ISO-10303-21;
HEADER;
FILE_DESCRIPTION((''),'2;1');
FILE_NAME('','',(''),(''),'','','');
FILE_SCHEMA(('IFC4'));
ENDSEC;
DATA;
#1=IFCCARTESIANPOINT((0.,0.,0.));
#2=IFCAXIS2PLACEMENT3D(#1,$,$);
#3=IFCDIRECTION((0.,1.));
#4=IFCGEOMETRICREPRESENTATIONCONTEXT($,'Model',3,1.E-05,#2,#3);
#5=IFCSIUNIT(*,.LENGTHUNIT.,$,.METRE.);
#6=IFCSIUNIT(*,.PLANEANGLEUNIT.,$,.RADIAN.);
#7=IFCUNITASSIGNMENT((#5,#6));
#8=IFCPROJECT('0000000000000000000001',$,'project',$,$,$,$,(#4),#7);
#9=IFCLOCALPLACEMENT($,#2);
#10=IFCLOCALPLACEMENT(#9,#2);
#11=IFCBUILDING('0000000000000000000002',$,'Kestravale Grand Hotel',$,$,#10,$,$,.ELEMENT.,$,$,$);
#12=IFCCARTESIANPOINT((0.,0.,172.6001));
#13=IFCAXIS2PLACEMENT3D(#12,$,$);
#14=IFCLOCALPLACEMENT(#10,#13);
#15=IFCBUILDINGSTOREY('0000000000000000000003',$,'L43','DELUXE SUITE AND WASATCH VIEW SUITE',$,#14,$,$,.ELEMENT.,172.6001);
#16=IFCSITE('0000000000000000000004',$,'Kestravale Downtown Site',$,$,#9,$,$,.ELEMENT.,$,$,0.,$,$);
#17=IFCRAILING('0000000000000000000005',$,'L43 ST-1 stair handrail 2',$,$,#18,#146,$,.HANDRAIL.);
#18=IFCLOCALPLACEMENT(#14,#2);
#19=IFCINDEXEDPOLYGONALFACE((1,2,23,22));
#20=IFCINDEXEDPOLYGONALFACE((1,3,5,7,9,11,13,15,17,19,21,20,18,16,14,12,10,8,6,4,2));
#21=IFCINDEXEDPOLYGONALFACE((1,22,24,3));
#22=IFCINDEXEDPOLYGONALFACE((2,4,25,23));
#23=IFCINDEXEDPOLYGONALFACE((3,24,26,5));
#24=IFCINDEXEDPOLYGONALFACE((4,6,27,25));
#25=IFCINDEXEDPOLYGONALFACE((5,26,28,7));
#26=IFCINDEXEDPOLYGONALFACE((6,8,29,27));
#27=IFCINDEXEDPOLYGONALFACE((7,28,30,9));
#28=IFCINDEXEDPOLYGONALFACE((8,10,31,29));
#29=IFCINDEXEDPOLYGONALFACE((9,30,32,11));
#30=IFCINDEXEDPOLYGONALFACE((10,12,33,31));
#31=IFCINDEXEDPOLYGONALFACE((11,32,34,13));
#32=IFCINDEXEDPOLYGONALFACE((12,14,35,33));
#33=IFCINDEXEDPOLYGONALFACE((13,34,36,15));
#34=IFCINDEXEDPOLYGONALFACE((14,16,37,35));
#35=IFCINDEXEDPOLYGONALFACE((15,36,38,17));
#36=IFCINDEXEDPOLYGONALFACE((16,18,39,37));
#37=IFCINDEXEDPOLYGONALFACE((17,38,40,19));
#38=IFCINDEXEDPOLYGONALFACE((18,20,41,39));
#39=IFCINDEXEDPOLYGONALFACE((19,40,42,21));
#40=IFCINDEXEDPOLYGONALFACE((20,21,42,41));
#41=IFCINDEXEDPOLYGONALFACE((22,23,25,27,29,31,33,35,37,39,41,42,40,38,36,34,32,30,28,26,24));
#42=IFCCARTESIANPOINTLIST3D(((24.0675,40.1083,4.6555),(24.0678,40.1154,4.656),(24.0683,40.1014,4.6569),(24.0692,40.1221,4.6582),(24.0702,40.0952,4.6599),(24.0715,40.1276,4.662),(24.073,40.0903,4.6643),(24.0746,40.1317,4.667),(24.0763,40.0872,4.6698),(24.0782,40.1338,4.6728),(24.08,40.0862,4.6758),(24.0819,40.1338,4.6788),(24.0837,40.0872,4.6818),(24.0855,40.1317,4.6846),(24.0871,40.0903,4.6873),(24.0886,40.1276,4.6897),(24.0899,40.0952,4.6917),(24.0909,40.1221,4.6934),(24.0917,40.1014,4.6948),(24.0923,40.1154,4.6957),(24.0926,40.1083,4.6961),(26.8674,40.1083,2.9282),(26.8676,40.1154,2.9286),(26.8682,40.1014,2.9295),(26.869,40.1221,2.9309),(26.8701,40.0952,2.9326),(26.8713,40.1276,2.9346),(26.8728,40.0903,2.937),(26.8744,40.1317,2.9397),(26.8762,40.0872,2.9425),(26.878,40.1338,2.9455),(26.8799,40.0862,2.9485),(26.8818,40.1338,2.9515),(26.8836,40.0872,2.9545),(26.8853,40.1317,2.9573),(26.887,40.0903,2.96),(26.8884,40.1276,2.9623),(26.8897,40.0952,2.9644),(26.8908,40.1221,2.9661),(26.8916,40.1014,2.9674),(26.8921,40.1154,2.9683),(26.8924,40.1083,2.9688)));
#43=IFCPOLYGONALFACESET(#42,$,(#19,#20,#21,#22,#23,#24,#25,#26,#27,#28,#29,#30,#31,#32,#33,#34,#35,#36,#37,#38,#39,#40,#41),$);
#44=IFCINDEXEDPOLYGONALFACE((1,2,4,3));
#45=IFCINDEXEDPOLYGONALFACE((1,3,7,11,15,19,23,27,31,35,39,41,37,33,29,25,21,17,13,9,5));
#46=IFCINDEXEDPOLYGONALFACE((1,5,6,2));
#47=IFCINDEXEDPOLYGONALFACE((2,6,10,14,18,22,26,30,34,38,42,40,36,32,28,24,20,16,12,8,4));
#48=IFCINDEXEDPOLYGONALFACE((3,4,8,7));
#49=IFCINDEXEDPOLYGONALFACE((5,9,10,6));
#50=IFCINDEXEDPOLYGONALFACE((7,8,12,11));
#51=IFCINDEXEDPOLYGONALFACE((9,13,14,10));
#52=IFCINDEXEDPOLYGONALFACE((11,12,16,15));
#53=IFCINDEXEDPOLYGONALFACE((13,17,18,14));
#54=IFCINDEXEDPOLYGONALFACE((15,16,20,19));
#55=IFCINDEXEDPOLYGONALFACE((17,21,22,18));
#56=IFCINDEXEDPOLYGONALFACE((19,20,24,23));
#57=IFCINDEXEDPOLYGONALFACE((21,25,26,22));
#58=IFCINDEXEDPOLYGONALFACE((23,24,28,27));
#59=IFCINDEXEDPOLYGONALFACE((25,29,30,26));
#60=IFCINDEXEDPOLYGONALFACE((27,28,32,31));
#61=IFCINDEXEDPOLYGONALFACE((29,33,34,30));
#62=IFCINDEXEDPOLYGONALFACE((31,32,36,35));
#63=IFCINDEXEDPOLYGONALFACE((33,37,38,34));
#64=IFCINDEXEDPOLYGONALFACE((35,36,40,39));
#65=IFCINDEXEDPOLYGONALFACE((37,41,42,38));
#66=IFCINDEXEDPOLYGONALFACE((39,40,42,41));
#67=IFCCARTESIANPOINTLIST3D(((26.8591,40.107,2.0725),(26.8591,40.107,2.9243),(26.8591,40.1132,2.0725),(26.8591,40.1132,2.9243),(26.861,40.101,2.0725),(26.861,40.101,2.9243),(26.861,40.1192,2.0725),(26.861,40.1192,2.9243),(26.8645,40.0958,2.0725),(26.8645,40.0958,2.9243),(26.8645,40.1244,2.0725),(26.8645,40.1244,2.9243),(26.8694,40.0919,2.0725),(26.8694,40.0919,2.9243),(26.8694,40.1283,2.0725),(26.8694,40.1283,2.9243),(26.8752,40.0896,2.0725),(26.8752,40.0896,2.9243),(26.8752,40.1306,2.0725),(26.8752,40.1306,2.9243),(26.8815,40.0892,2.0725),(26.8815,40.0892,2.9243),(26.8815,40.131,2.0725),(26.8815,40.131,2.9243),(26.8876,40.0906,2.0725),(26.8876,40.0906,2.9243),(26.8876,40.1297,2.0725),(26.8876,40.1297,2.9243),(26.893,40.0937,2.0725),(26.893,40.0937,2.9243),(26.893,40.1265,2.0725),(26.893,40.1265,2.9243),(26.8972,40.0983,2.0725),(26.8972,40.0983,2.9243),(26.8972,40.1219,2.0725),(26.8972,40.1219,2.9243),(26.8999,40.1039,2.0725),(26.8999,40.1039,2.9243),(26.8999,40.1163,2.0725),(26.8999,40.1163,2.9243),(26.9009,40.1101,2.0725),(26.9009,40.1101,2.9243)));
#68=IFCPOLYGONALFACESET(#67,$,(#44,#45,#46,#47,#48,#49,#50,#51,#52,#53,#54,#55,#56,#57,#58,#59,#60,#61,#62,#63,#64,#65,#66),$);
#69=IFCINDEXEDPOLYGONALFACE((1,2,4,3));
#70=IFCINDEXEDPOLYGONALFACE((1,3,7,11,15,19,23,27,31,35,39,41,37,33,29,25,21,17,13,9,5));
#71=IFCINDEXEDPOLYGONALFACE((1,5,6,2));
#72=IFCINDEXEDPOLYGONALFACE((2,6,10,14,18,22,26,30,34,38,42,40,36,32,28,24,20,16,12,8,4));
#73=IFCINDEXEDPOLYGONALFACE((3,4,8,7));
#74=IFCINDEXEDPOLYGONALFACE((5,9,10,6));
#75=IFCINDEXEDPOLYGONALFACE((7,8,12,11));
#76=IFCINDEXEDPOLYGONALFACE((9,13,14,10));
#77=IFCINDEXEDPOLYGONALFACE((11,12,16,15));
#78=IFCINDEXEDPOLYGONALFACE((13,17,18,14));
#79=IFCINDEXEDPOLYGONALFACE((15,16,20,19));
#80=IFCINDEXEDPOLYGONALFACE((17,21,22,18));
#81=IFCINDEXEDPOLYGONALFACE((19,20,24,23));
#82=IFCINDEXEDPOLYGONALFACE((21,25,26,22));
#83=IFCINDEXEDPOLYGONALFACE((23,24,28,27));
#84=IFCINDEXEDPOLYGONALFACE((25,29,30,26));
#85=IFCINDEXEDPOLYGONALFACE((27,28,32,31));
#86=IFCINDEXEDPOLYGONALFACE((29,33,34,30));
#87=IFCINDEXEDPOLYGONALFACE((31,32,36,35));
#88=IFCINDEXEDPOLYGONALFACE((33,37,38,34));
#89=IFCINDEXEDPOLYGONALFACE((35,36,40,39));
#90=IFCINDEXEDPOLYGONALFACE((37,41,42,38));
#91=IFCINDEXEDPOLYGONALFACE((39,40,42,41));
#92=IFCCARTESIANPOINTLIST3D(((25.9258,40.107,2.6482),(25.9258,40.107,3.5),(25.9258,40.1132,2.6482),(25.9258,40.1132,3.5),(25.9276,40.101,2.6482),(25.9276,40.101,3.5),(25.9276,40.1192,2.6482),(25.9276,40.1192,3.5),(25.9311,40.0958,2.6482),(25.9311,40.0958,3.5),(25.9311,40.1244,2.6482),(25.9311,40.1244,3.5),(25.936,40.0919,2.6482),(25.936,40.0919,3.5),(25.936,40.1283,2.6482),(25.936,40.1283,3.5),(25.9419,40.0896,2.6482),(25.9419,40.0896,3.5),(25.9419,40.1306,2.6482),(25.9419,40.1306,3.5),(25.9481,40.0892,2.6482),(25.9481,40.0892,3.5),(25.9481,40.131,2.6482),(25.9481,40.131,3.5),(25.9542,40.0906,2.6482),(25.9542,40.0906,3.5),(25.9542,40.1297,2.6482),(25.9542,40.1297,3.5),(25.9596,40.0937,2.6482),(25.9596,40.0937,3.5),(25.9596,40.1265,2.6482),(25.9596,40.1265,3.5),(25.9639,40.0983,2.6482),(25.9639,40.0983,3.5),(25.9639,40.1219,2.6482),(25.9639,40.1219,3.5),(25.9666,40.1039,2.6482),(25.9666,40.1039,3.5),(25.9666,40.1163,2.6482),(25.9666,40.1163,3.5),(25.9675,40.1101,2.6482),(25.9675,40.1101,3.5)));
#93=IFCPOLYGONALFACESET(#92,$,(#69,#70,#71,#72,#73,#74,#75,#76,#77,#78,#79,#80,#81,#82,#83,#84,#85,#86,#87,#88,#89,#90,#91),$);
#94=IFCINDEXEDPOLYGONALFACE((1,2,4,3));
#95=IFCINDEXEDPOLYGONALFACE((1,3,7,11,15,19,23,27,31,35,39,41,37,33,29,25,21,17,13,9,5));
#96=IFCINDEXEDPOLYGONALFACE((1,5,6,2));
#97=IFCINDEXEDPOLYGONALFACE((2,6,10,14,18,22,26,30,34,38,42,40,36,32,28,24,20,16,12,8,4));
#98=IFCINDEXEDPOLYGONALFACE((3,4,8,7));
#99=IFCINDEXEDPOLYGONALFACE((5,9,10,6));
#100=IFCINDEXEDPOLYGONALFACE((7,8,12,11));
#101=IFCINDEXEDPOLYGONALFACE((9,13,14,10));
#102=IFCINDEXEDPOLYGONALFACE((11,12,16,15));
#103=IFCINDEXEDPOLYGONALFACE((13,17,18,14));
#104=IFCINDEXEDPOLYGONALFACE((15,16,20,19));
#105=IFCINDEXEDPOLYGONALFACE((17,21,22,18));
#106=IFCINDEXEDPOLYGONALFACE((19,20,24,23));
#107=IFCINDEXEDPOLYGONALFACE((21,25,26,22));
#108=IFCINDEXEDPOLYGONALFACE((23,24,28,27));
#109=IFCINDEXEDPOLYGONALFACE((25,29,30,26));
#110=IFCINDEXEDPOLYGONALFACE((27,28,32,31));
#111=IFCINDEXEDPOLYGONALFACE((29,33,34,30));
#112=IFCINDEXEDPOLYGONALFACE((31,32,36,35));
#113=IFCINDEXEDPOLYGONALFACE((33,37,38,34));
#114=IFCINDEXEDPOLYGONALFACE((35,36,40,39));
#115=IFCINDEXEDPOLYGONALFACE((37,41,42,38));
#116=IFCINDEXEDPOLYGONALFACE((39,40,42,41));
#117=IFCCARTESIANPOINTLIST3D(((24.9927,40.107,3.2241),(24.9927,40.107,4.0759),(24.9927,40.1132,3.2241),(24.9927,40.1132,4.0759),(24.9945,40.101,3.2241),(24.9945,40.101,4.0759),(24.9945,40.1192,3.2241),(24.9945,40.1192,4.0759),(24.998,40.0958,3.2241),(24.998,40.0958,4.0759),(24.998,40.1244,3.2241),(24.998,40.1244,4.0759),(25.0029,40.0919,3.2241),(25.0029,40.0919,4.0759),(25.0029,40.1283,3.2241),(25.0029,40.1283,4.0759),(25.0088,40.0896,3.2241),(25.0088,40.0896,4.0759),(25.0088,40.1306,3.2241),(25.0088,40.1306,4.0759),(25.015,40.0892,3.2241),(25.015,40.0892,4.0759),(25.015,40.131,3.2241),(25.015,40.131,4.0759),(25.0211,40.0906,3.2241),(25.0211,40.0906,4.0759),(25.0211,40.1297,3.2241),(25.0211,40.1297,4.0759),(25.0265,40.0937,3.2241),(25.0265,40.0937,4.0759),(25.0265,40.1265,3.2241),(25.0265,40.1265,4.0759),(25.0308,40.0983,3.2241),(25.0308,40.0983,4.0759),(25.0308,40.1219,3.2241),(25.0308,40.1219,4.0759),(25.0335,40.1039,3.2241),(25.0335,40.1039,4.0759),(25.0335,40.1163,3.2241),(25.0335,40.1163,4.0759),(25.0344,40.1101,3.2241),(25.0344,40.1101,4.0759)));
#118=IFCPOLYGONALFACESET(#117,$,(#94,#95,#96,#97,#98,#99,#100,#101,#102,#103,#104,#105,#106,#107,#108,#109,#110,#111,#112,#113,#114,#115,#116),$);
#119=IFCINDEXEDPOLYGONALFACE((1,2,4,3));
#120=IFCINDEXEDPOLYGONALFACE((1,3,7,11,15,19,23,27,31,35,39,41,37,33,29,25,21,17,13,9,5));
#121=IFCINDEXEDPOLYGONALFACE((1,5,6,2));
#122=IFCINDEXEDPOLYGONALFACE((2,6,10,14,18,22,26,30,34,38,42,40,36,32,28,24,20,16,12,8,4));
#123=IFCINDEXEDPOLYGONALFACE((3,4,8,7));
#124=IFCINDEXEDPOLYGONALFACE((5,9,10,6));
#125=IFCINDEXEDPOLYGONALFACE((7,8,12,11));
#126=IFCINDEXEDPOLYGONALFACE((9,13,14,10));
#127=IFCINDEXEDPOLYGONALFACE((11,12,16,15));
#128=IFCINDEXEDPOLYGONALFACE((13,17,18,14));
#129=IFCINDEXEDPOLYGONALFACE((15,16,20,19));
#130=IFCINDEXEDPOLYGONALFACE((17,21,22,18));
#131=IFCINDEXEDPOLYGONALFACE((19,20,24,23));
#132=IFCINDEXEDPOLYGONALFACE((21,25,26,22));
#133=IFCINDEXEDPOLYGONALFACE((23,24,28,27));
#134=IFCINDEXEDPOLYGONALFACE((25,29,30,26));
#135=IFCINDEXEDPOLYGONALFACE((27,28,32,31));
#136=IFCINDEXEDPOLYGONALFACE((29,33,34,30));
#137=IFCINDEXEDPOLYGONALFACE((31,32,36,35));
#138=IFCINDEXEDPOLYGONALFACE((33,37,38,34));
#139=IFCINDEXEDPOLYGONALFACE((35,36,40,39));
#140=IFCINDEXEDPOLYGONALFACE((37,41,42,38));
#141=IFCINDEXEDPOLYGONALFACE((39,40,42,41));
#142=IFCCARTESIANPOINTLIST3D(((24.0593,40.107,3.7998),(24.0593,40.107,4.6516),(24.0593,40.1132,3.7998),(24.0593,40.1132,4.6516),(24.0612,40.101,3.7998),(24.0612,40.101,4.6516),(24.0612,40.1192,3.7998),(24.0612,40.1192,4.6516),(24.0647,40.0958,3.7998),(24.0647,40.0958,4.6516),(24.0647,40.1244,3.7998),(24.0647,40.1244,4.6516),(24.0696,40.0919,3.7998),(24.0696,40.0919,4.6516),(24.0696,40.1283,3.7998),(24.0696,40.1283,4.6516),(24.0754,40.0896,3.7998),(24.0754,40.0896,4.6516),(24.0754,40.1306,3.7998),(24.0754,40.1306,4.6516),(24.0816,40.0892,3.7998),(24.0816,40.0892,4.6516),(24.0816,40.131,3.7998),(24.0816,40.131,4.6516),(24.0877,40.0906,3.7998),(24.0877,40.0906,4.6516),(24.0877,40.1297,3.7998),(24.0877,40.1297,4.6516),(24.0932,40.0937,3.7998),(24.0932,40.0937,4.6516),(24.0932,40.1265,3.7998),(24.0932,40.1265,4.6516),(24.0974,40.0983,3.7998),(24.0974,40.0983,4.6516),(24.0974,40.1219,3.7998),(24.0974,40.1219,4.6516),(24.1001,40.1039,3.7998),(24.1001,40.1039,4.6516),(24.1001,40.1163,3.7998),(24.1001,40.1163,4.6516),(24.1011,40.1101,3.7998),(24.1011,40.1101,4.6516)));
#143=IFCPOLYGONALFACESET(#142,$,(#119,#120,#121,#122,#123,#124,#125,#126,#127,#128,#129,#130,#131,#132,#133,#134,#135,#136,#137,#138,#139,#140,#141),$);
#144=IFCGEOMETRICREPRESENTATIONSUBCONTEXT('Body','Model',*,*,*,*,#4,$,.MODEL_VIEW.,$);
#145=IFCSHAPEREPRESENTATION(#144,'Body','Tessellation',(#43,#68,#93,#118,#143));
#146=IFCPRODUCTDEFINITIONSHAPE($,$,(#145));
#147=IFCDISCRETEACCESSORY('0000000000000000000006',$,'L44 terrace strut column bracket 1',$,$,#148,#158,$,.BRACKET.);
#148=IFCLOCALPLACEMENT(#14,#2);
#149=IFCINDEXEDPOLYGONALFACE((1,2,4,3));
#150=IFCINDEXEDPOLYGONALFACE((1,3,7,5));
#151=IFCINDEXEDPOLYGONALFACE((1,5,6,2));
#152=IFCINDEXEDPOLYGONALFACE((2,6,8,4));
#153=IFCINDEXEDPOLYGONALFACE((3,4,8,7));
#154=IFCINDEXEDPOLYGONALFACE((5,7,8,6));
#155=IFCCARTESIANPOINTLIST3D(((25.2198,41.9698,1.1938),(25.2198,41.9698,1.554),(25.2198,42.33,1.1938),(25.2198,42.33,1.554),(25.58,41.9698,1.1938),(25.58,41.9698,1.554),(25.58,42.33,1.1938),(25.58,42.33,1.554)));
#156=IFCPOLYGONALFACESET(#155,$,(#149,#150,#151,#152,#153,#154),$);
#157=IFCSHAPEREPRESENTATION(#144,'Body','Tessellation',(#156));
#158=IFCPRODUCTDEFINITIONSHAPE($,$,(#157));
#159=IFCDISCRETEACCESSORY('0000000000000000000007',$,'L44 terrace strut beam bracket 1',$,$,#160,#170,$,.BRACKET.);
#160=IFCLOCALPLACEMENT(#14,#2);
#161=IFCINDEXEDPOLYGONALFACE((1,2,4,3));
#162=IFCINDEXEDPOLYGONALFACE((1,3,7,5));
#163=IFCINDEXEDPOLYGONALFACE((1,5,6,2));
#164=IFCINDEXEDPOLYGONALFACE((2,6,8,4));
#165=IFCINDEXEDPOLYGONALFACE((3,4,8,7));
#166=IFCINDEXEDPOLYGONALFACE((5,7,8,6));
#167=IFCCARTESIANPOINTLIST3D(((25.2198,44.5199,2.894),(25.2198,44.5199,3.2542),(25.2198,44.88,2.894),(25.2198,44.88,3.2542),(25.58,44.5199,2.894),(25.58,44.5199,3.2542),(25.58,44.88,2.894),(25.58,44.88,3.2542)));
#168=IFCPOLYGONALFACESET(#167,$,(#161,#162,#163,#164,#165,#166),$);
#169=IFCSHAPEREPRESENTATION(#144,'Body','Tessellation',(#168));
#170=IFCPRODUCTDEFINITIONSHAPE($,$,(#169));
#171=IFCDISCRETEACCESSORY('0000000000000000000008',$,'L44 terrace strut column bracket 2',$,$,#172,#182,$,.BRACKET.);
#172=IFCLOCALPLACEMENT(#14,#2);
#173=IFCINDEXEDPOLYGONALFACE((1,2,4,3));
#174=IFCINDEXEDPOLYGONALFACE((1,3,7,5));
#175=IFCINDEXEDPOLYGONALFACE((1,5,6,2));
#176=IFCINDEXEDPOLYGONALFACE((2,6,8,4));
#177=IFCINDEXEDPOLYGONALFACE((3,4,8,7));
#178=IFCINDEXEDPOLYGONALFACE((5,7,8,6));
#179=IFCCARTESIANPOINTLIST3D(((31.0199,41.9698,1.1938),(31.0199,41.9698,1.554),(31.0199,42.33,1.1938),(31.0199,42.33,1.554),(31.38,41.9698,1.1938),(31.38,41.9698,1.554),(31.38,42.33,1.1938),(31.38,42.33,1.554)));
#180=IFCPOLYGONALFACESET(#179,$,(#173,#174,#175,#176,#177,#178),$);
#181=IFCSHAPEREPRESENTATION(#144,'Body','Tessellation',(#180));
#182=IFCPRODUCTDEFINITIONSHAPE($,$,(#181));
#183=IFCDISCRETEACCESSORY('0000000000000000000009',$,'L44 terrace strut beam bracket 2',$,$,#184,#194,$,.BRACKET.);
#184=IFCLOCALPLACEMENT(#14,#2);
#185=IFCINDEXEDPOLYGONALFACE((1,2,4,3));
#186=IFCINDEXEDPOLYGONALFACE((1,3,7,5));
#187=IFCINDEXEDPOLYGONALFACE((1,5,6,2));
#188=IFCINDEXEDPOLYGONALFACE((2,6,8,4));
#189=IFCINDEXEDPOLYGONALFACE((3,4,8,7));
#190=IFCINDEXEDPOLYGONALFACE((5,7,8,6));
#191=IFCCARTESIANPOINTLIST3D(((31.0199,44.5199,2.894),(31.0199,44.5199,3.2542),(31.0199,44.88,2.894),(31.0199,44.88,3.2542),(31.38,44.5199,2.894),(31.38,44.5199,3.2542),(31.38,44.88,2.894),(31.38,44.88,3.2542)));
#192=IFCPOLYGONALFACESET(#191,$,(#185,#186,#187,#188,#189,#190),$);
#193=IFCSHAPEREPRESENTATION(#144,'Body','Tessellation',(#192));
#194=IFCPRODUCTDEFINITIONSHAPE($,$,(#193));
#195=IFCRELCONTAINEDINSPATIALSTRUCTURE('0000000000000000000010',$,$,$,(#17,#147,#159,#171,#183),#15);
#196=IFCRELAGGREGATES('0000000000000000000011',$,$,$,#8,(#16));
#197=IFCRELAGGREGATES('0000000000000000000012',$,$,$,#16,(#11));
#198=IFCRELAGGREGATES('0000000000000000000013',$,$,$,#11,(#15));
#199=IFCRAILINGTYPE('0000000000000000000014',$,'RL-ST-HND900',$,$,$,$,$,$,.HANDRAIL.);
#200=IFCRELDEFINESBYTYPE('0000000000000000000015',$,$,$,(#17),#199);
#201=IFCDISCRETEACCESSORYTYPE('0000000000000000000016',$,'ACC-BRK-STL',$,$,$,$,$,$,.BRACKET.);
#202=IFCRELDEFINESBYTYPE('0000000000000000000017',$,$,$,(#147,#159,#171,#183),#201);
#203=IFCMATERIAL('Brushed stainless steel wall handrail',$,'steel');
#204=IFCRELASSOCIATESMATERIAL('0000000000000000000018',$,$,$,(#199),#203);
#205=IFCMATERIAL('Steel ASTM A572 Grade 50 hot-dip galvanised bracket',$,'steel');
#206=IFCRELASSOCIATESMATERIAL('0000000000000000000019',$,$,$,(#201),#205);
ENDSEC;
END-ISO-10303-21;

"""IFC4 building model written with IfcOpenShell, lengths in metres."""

from ifc_helpers import new_model, si_unit, direction, frame, origin, origin_2d, place, context, subcontext, project, spatial, rectangle, circle, extrude, material, type_object, element, save


model = new_model("IFC4")

# Units and contexts
model_context = context("Model", 3, precision=1e-05, world=origin(), true_north=direction((0.0, 1.0)))
body_context = subcontext(model_context, "Body", "Model", "MODEL_VIEW")
ifc_project = project(units=[si_unit("LENGTHUNIT", "METRE"), si_unit("PLANEANGLEUNIT", "RADIAN")], contexts=[model_context])

# Site, building, storey
site_placement = place(None, origin())
site = spatial("IfcSite", under=ifc_project, at=site_placement, Name="Kestravale Downtown Site", CompositionType="ELEMENT", RefElevation=0.0)
building_placement = place(site_placement, origin())
building = spatial("IfcBuilding", under=site, at=building_placement, Name="Kestravale Grand Hotel", CompositionType="ELEMENT")
storey_placement = place(building_placement, frame((0.0, 0.0, 172.6001)))
storey = spatial("IfcBuildingStorey", under=building, at=storey_placement, Name="L43", Description="DELUXE SUITE AND WASATCH VIEW SUITE", CompositionType="ELEMENT", Elevation=172.6001)

# Railing
ifc_material_1 = material(Name="Brushed stainless steel wall handrail", Category="steel")
railing_type_1 = type_object("IfcRailingType", Name="RL-ST-HND900", PredefinedType="HANDRAIL", material=ifc_material_1)
railing_1_placement = place(storey_placement, frame((26.8799, 40.1101, 2.0725)))
element("IfcRailing", 1, at=railing_1_placement, inside=storey, type_object=railing_type_1, Name="L43 ST-1 stair handrail 2", PredefinedType="HANDRAIL", context=body_context, shape_type="SweptSolid", body=[
    extrude(circle(Radius=0.0239, at=origin_2d()), frame((0.0, 0.0, 0.876), z_axis=(-0.851069, 0.0, 0.525054), x_axis=(0.0, -1.0, 0.0)), (0.0, 0.0, 1.0), 3.2898),
    extrude(circle(Radius=0.021, at=origin_2d()), origin(), (0.0, 0.0, 1.0), 0.8518),
    extrude(circle(Radius=0.021, at=origin_2d()), frame((-0.9333, 0.0, 0.5757)), (0.0, 0.0, 1.0), 0.8518),
    extrude(circle(Radius=0.021, at=origin_2d()), frame((-1.8665, 0.0, 1.1516)), (0.0, 0.0, 1.0), 0.8518),
    extrude(circle(Radius=0.021, at=origin_2d()), frame((-2.7998, 0.0, 1.7273)), (0.0, 0.0, 1.0), 0.8518),
])

# Discrete accessories
ifc_material_2 = material(Name="Steel ASTM A572 Grade 50 hot-dip galvanised bracket", Category="steel")
discrete_accessory_type = type_object("IfcDiscreteAccessoryType", Name="ACC-BRK-STL", PredefinedType="BRACKET", material=ifc_material_2)
for number, where, z_axis, x_axis, name in (
    (2, (25.3999, 42.1499, 1.1938), (0.0, 0.0, 1.0), (1.0, 0.0, 0.0), "L44 terrace strut column bracket 1"),
    (3, (25.3999, 44.7, 2.894), (0.0, 0.0, 1.0), (1.0, 0.0, 0.0), "L44 terrace strut beam bracket 1"),
    (4, (31.2, 42.1499, 1.1938), (0.0, 0.0, 1.0), (1.0, 0.0, 0.0), "L44 terrace strut column bracket 2"),
    (5, (31.2, 44.7, 2.894), (0.0, 0.0, 1.0), (1.0, 0.0, 0.0), "L44 terrace strut beam bracket 2"),
):
    element("IfcDiscreteAccessory", number, at=place(storey_placement, frame(where, z_axis=z_axis, x_axis=x_axis)), inside=storey, type_object=discrete_accessory_type, Name=name, PredefinedType="BRACKET", context=body_context, shape_type="SweptSolid", body=[
        extrude(rectangle(XDim=0.3601, YDim=0.3601, at=origin_2d()), origin(), (0.0, 0.0, 1.0), 0.3601),
    ])

save(model, "model.ifc")
